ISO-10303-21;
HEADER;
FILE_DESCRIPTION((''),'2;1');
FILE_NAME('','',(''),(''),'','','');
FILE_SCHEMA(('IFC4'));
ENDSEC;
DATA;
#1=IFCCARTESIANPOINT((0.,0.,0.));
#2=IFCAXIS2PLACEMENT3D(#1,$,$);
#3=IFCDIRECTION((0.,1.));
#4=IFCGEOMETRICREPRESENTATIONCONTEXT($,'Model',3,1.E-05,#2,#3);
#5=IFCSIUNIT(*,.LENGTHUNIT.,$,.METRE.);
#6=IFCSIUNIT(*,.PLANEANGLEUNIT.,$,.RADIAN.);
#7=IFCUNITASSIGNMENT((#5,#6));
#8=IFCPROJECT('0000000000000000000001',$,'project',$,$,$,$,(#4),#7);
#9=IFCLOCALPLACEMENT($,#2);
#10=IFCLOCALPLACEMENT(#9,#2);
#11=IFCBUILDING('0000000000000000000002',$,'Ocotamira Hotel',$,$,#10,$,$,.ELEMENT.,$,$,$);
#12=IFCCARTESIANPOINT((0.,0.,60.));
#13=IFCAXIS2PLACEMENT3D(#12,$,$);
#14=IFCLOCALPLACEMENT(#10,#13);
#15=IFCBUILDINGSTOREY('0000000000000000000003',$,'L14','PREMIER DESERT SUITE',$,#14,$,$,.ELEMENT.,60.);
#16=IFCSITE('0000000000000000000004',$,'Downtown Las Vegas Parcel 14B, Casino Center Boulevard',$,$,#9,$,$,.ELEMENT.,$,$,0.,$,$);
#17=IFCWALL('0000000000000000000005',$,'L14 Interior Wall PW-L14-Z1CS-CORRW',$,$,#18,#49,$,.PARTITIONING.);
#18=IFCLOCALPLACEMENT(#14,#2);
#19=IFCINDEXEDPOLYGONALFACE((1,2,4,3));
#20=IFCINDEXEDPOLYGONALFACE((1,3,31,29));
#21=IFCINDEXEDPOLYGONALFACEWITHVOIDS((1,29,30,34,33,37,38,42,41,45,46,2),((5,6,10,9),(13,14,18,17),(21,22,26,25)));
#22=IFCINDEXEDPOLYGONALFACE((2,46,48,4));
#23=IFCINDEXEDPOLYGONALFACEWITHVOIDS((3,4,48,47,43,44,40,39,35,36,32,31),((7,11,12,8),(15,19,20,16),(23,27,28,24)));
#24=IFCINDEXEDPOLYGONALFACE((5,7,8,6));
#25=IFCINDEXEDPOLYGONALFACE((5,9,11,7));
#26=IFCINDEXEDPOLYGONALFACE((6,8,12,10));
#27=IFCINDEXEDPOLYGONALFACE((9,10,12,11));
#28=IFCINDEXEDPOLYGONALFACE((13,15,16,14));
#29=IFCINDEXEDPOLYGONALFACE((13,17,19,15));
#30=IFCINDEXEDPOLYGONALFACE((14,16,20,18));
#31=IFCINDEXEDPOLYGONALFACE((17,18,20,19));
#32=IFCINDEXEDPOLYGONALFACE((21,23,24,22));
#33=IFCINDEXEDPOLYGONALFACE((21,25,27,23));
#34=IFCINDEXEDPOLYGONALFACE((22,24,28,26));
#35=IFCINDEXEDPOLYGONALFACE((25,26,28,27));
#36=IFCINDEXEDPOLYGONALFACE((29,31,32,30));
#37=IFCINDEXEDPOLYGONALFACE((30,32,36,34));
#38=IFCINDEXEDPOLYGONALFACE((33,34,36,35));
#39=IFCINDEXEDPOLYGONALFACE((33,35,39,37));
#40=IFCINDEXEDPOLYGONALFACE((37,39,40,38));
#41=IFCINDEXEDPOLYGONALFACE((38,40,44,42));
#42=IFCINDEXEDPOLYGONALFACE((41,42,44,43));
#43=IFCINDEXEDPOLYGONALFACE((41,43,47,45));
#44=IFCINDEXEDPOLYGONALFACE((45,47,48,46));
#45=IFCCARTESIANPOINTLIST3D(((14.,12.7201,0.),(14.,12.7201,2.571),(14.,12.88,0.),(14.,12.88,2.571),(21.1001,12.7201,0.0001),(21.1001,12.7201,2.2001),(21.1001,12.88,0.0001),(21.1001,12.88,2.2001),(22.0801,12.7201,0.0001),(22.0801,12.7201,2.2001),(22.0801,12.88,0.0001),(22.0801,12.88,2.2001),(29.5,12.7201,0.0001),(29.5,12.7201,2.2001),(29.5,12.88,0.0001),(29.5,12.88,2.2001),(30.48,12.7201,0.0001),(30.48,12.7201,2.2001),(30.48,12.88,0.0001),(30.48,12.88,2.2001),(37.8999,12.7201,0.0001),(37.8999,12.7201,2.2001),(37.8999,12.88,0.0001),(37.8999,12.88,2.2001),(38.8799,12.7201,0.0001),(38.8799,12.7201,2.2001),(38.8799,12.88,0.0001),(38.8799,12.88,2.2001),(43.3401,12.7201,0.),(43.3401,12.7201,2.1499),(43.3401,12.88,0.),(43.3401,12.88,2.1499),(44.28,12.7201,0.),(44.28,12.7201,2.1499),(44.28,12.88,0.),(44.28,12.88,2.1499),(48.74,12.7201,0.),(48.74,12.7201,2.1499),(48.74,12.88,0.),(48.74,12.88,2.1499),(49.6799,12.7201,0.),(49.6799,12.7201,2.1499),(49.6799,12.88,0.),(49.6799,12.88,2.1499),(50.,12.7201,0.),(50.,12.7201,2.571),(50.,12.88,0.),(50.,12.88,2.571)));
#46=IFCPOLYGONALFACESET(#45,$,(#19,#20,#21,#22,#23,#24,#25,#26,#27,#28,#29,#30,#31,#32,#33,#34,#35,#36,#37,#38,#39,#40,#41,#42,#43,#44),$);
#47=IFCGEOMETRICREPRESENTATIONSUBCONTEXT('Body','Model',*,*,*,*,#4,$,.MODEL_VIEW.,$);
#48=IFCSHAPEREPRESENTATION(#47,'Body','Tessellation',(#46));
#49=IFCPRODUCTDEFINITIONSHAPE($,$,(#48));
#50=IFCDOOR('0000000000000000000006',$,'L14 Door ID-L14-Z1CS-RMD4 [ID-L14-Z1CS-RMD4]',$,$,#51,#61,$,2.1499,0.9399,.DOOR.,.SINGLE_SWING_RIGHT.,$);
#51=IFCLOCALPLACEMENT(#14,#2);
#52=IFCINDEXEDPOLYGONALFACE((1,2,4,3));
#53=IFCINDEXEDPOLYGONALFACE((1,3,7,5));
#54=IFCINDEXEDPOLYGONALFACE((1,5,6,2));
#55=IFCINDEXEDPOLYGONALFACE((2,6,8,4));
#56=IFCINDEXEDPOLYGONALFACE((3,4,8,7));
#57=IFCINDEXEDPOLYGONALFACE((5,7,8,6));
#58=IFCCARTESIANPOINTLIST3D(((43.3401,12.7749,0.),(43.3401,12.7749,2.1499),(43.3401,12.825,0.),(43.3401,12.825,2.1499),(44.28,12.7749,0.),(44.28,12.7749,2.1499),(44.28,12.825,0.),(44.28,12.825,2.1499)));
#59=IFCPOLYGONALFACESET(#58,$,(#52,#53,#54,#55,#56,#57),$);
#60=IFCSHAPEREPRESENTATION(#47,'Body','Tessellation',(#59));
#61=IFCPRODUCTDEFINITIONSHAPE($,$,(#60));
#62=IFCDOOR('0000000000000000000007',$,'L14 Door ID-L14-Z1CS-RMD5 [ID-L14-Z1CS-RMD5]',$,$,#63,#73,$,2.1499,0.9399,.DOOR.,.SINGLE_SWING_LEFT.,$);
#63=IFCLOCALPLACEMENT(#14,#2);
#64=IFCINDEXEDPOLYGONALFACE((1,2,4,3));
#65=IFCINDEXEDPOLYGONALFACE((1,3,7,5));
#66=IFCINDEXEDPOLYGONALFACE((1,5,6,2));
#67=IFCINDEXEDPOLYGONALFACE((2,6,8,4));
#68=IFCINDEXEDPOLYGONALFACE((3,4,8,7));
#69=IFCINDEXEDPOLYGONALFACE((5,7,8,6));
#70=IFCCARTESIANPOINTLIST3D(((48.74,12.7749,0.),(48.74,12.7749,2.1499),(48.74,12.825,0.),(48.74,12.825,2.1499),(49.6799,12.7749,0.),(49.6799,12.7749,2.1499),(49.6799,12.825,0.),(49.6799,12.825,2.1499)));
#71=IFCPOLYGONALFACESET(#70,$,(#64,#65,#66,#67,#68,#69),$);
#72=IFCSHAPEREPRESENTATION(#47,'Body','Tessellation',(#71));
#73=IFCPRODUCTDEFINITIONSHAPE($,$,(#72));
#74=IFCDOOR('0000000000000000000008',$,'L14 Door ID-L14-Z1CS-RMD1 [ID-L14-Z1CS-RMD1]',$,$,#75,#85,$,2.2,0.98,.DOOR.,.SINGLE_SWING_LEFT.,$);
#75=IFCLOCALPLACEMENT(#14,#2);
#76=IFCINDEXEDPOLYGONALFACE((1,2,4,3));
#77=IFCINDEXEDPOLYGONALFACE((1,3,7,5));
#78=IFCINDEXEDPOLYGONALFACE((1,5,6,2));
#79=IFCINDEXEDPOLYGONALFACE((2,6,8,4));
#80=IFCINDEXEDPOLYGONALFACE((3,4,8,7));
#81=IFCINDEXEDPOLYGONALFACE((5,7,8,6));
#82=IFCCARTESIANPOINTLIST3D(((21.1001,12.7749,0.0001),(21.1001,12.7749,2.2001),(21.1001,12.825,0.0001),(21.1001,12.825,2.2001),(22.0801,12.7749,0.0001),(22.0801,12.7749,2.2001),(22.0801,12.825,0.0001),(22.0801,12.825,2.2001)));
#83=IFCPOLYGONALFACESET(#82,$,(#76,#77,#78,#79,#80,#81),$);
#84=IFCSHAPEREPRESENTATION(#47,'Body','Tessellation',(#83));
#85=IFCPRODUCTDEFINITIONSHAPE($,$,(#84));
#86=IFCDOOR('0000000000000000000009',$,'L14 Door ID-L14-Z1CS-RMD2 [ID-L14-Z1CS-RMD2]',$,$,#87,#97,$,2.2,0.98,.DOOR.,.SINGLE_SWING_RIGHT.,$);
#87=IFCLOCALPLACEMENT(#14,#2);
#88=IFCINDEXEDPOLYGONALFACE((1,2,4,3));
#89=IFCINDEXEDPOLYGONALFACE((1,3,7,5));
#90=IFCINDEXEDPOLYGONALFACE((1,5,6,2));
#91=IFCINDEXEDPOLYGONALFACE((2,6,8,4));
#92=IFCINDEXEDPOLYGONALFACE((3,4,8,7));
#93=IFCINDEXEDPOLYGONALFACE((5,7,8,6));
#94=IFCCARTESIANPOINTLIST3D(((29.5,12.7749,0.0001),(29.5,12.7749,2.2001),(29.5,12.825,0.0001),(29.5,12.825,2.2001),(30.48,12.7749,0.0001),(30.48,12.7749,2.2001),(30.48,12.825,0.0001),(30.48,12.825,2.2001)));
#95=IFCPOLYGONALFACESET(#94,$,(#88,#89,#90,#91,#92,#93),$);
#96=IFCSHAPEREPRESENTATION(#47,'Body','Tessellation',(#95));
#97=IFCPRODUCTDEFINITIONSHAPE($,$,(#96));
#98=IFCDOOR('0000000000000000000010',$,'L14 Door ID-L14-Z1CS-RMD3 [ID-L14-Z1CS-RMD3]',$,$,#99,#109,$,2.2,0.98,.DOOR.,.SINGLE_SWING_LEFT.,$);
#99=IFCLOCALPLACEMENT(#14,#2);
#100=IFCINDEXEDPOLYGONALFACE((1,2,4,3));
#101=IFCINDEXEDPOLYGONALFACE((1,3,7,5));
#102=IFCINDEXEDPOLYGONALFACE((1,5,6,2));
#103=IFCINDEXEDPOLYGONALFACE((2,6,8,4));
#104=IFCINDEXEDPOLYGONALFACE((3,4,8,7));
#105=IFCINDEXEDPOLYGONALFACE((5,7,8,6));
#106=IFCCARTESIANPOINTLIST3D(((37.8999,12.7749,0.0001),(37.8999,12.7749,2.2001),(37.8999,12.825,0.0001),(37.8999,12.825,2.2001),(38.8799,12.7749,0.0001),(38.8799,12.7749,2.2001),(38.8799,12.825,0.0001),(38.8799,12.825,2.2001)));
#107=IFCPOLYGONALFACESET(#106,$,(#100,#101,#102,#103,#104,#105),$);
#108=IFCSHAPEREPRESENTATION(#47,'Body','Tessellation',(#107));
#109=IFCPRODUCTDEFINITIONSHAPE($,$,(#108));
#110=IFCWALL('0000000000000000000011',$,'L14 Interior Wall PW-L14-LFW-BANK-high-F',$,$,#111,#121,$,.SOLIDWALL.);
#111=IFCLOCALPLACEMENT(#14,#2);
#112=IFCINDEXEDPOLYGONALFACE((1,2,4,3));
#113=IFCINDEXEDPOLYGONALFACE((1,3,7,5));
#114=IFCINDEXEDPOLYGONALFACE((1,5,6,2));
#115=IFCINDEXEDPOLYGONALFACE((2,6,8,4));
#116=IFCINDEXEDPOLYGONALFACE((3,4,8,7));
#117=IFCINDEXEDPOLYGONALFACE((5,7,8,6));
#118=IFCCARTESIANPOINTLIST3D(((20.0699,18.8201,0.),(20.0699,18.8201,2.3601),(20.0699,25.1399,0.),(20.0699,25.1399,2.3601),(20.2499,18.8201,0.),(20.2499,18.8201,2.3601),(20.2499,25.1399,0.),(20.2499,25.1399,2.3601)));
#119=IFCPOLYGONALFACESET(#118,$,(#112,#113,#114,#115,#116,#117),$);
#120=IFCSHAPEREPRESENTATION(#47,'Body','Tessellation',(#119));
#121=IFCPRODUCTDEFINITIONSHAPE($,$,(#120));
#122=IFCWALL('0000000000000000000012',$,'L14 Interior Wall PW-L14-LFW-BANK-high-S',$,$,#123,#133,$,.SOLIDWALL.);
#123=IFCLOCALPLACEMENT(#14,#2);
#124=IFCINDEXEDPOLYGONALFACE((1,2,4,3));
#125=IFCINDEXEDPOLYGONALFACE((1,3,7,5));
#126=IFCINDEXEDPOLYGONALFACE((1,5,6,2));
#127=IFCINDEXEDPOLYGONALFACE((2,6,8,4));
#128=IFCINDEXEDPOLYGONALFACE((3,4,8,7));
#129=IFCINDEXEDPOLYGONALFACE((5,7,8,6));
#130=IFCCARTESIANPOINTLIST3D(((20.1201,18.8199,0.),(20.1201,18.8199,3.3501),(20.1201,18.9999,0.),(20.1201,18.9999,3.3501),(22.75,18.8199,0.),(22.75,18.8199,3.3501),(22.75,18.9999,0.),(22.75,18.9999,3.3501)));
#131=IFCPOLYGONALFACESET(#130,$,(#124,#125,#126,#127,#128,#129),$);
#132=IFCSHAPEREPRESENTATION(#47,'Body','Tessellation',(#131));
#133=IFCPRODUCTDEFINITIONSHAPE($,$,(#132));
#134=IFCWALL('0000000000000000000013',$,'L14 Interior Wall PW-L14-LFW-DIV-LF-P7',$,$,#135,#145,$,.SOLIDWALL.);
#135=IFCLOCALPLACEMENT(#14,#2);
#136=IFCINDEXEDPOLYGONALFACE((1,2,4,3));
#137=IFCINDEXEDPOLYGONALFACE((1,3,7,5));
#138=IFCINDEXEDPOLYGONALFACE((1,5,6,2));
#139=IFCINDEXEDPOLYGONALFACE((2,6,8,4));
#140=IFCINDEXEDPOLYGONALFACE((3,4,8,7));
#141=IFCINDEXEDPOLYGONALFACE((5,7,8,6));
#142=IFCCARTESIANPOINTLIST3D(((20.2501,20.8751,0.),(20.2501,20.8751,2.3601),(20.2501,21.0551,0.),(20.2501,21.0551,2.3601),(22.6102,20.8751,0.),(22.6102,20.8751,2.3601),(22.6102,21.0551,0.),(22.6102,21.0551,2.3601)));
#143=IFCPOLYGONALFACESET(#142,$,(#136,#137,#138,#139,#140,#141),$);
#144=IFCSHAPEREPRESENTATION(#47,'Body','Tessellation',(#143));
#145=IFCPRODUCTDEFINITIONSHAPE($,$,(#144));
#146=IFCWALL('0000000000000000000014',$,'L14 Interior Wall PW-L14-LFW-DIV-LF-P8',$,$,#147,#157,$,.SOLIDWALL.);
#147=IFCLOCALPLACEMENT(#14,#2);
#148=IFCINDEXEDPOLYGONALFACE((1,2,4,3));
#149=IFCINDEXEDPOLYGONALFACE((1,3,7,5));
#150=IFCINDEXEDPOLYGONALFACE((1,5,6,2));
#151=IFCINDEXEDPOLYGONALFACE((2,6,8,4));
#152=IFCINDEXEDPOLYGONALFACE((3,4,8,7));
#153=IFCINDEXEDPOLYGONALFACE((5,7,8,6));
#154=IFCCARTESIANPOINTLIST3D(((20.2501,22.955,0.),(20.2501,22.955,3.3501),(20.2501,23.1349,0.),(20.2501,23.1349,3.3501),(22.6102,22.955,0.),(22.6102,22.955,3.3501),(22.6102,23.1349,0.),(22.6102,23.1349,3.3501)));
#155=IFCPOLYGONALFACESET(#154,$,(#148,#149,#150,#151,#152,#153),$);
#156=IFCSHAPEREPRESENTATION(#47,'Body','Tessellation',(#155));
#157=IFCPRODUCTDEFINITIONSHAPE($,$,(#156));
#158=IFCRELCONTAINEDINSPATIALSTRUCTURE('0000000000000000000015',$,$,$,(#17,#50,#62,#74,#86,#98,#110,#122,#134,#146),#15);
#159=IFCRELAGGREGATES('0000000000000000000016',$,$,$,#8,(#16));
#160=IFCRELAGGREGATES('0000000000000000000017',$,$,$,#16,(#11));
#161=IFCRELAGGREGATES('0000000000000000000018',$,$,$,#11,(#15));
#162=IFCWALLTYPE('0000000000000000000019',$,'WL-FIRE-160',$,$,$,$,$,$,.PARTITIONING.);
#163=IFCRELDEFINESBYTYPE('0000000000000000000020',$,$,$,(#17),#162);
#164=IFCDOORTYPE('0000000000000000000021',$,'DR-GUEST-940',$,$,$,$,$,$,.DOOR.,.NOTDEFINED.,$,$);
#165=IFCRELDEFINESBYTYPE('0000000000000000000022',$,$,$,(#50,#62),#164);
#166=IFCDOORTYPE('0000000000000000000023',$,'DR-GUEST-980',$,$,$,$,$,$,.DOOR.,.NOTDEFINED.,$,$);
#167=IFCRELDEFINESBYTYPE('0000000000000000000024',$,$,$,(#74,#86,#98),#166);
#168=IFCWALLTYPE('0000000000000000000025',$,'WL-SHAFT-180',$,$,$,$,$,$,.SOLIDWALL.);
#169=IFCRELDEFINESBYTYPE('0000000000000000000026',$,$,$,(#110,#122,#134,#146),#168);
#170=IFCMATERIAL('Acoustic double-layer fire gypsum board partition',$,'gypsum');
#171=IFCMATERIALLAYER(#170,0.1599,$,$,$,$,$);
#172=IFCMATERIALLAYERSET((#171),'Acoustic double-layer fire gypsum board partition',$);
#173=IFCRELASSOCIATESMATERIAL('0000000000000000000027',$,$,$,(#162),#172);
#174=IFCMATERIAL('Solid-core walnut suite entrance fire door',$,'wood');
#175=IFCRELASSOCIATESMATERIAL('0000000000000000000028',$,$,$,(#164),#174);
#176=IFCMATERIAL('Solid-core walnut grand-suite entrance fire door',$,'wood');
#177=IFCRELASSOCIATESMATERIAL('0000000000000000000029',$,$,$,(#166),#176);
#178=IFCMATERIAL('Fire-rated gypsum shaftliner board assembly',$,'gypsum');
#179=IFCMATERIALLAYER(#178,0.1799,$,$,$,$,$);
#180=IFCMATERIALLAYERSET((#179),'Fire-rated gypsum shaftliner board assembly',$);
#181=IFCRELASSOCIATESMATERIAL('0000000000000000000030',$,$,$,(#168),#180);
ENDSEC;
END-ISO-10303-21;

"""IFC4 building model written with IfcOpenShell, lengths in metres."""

from ifc_helpers import new_model, si_unit, direction, frame, frame_2d, origin, place, context, subcontext, project, spatial, rectangle, extrude, source, transform, mapped, material, layer, layer_set, type_object, element, fill, save


model = new_model("IFC4")

# Units and contexts
model_context = context("Model", 3, precision=1e-05, world=origin(), true_north=direction((0.0, 1.0)))
body_context = subcontext(model_context, "Body", "Model", "MODEL_VIEW")
ifc_project = project(units=[si_unit("LENGTHUNIT", "METRE"), si_unit("PLANEANGLEUNIT", "RADIAN")], contexts=[model_context])

# Site, building, storey
site_placement = place(None, origin())
site = spatial("IfcSite", under=ifc_project, at=site_placement, Name="Downtown Las Vegas Parcel 14B, Casino Center Boulevard", CompositionType="ELEMENT", RefElevation=0.0)
building_placement = place(site_placement, origin())
building = spatial("IfcBuilding", under=site, at=building_placement, Name="Ocotamira Hotel", CompositionType="ELEMENT")
storey_placement = place(building_placement, frame((0.0, 0.0, 60.0)))
storey = spatial("IfcBuildingStorey", under=building, at=storey_placement, Name="L14", Description="PREMIER DESERT SUITE", CompositionType="ELEMENT", Elevation=60.0)

# Shared definitions
ifc_material_1 = material(Name="Acoustic double-layer fire gypsum board partition", Category="gypsum")
ifc_layer_1 = layer(ifc_material_1, 0.1599)
ifc_layer_set_1 = layer_set([ifc_layer_1], Name="Acoustic double-layer fire gypsum board partition")
wall_type_1 = type_object("IfcWallType", Name="WL-FIRE-160", PredefinedType="PARTITIONING", material=ifc_layer_set_1)

# Wall, openings, doors
wall_1_placement = place(storey_placement, frame((14.0, 12.8, 0.0), z_axis=(0.0, 0.0, 1.0), x_axis=(1.0, 0.0, 0.0)))
wall_1 = element("IfcWall", 1, at=wall_1_placement, inside=storey, type_object=wall_type_1, Name="L14 Interior Wall PW-L14-Z1CS-CORRW", PredefinedType="PARTITIONING", context=body_context, shape_type="SweptSolid", body=[
    extrude(rectangle(XDim=36.0, YDim=0.1599, at=frame_2d((18.0, 0.0))), origin(), (0.0, 0.0, 1.0), 2.571),
])
opening_1_placement = place(wall_1_placement, frame((7.1001, 0.0, 0.0)))
opening_1 = element("IfcOpeningElement", 2, at=opening_1_placement, cuts=wall_1, PredefinedType="OPENING", context=body_context, shape_type="SweptSolid", body=[
    extrude(rectangle(XDim=0.98, YDim=2.2, at=frame_2d((0.49, 1.1001))), frame((0.0, 0.0898, 0.0), z_axis=(0.0, -1.0, 0.0), x_axis=(1.0, 0.0, 0.0)), (0.0, 0.0, 1.0), 0.1799),
])
opening_2_placement = place(wall_1_placement, frame((15.5, 0.0, 0.0)))
opening_2 = element("IfcOpeningElement", 3, at=opening_2_placement, cuts=wall_1, PredefinedType="OPENING", context=body_context, shape_type="SweptSolid", body=[
    extrude(rectangle(XDim=0.98, YDim=2.2, at=frame_2d((0.49, 1.1001))), frame((0.0, 0.0898, 0.0), z_axis=(0.0, -1.0, 0.0), x_axis=(1.0, 0.0, 0.0)), (0.0, 0.0, 1.0), 0.1799),
])
opening_3_placement = place(wall_1_placement, frame((23.8999, 0.0, 0.0)))
opening_3 = element("IfcOpeningElement", 4, at=opening_3_placement, cuts=wall_1, PredefinedType="OPENING", context=body_context, shape_type="SweptSolid", body=[
    extrude(rectangle(XDim=0.98, YDim=2.2, at=frame_2d((0.49, 1.1001))), frame((0.0, 0.0898, 0.0), z_axis=(0.0, -1.0, 0.0), x_axis=(1.0, 0.0, 0.0)), (0.0, 0.0, 1.0), 0.1799),
])
opening_4_placement = place(wall_1_placement, frame((29.3401, 0.0, 0.0)))
opening_4 = element("IfcOpeningElement", 5, at=opening_4_placement, cuts=wall_1, PredefinedType="OPENING", context=body_context, shape_type="SweptSolid", body=[
    extrude(rectangle(XDim=0.9399, YDim=2.1499, at=frame_2d((0.47, 1.075))), frame((0.0, 0.0898, 0.0), z_axis=(0.0, -1.0, 0.0), x_axis=(1.0, 0.0, 0.0)), (0.0, 0.0, 1.0), 0.1799),
])
opening_5_placement = place(wall_1_placement, frame((34.74, 0.0, 0.0)))
opening_5 = element("IfcOpeningElement", 6, at=opening_5_placement, cuts=wall_1, PredefinedType="OPENING", context=body_context, shape_type="SweptSolid", body=[
    extrude(rectangle(XDim=0.9399, YDim=2.1499, at=frame_2d((0.47, 1.075))), frame((0.0, 0.0898, 0.0), z_axis=(0.0, -1.0, 0.0), x_axis=(1.0, 0.0, 0.0)), (0.0, 0.0, 1.0), 0.1799),
])
ifc_material_2 = material(Name="Solid-core walnut suite entrance fire door", Category="wood")
door_type_1 = type_object("IfcDoorType", Name="DR-GUEST-940", OperationType="NOTDEFINED", PredefinedType="DOOR", material=ifc_material_2)
shared_shape_1 = source(origin(), body_context, "Body", "SweptSolid", [
    extrude(rectangle(XDim=0.9399, YDim=2.1499, at=frame_2d((0.47, 1.075))), frame((0.0, 0.0249, 0.0), z_axis=(0.0, -1.0, 0.0), x_axis=(1.0, 0.0, 0.0)), (0.0, 0.0, 1.0), 0.05),
])
door_1_placement = place(opening_4_placement, origin())
door_1 = element("IfcDoor", 7, at=door_1_placement, inside=storey, type_object=door_type_1, Name="L14 Door ID-L14-Z1CS-RMD4 [ID-L14-Z1CS-RMD4]", OperationType="SINGLE_SWING_RIGHT", OverallHeight=2.1499, OverallWidth=0.9399, PredefinedType="DOOR", context=body_context, shape_type="MappedRepresentation", body=[
    mapped(shared_shape_1, transform((0.0, 0.0, 0.0), scale=1.0)),
])
fill(opening_4, door_1)
door_2_placement = place(opening_5_placement, origin())
door_2 = element("IfcDoor", 8, at=door_2_placement, inside=storey, type_object=door_type_1, Name="L14 Door ID-L14-Z1CS-RMD5 [ID-L14-Z1CS-RMD5]", OperationType="SINGLE_SWING_LEFT", OverallHeight=2.1499, OverallWidth=0.9399, PredefinedType="DOOR", context=body_context, shape_type="MappedRepresentation", body=[
    mapped(shared_shape_1, transform((0.0, 0.0, 0.0), scale=1.0)),
])
fill(opening_5, door_2)
ifc_material_3 = material(Name="Solid-core walnut grand-suite entrance fire door", Category="wood")
door_type_2 = type_object("IfcDoorType", Name="DR-GUEST-980", OperationType="NOTDEFINED", PredefinedType="DOOR", material=ifc_material_3)
shared_shape_2 = source(origin(), body_context, "Body", "SweptSolid", [
    extrude(rectangle(XDim=0.98, YDim=2.2, at=frame_2d((0.49, 1.1001))), frame((0.0, 0.0249, 0.0), z_axis=(0.0, -1.0, 0.0), x_axis=(1.0, 0.0, 0.0)), (0.0, 0.0, 1.0), 0.05),
])
door_3_placement = place(opening_1_placement, origin())
door_3 = element("IfcDoor", 9, at=door_3_placement, inside=storey, type_object=door_type_2, Name="L14 Door ID-L14-Z1CS-RMD1 [ID-L14-Z1CS-RMD1]", OperationType="SINGLE_SWING_LEFT", OverallHeight=2.2, OverallWidth=0.98, PredefinedType="DOOR", context=body_context, shape_type="MappedRepresentation", body=[
    mapped(shared_shape_2, transform((0.0, 0.0, 0.0), scale=1.0)),
])
fill(opening_1, door_3)
door_4_placement = place(opening_2_placement, origin())
door_4 = element("IfcDoor", 10, at=door_4_placement, inside=storey, type_object=door_type_2, Name="L14 Door ID-L14-Z1CS-RMD2 [ID-L14-Z1CS-RMD2]", OperationType="SINGLE_SWING_RIGHT", OverallHeight=2.2, OverallWidth=0.98, PredefinedType="DOOR", context=body_context, shape_type="MappedRepresentation", body=[
    mapped(shared_shape_2, transform((0.0, 0.0, 0.0), scale=1.0)),
])
fill(opening_2, door_4)
door_5_placement = place(opening_3_placement, origin())
door_5 = element("IfcDoor", 11, at=door_5_placement, inside=storey, type_object=door_type_2, Name="L14 Door ID-L14-Z1CS-RMD3 [ID-L14-Z1CS-RMD3]", OperationType="SINGLE_SWING_LEFT", OverallHeight=2.2, OverallWidth=0.98, PredefinedType="DOOR", context=body_context, shape_type="MappedRepresentation", body=[
    mapped(shared_shape_2, transform((0.0, 0.0, 0.0), scale=1.0)),
])
fill(opening_3, door_5)

# Walls
ifc_material_4 = material(Name="Fire-rated gypsum shaftliner board assembly", Category="gypsum")
ifc_layer_2 = layer(ifc_material_4, 0.1799)
ifc_layer_set_2 = layer_set([ifc_layer_2], Name="Fire-rated gypsum shaftliner board assembly")
wall_type_2 = type_object("IfcWallType", Name="WL-SHAFT-180", PredefinedType="SOLIDWALL", material=ifc_layer_set_2)
wall_2_placement = place(storey_placement, frame((20.1599, 18.8201, 0.0), z_axis=(0.0, 0.0, 1.0), x_axis=(0.0, 1.0, 0.0)))
element("IfcWall", 12, at=wall_2_placement, inside=storey, type_object=wall_type_2, Name="L14 Interior Wall PW-L14-LFW-BANK-high-F", PredefinedType="SOLIDWALL", context=body_context, shape_type="SweptSolid", body=[
    extrude(rectangle(XDim=6.3198, YDim=0.1799, at=frame_2d((3.1599, 0.0))), origin(), (0.0, 0.0, 1.0), 2.3601),
])
wall_3_placement = place(storey_placement, frame((20.1201, 18.9099, 0.0), z_axis=(0.0, 0.0, 1.0), x_axis=(1.0, 0.0, 0.0)))
element("IfcWall", 13, at=wall_3_placement, inside=storey, type_object=wall_type_2, Name="L14 Interior Wall PW-L14-LFW-BANK-high-S", PredefinedType="SOLIDWALL", context=body_context, shape_type="SweptSolid", body=[
    extrude(rectangle(XDim=2.6299, YDim=0.1799, at=frame_2d((1.3149, 0.0))), origin(), (0.0, 0.0, 1.0), 3.3501),
])
wall_4_placement = place(storey_placement, frame((20.25, 20.9651, 0.0), z_axis=(0.0, 0.0, 1.0), x_axis=(1.0, 0.0, 0.0)))
element("IfcWall", 14, at=wall_4_placement, inside=storey, type_object=wall_type_2, Name="L14 Interior Wall PW-L14-LFW-DIV-LF-P7", PredefinedType="SOLIDWALL", context=body_context, shape_type="SweptSolid", body=[
    extrude(rectangle(XDim=2.3601, YDim=0.1799, at=frame_2d((1.1802, 0.0))), origin(), (0.0, 0.0, 1.0), 2.3601),
])
wall_5_placement = place(storey_placement, frame((20.25, 23.0449, 0.0), z_axis=(0.0, 0.0, 1.0), x_axis=(1.0, 0.0, 0.0)))
element("IfcWall", 15, at=wall_5_placement, inside=storey, type_object=wall_type_2, Name="L14 Interior Wall PW-L14-LFW-DIV-LF-P8", PredefinedType="SOLIDWALL", context=body_context, shape_type="SweptSolid", body=[
    extrude(rectangle(XDim=2.3601, YDim=0.1799, at=frame_2d((1.1802, 0.0))), origin(), (0.0, 0.0, 1.0), 3.3501),
])

save(model, "model.ifc")
